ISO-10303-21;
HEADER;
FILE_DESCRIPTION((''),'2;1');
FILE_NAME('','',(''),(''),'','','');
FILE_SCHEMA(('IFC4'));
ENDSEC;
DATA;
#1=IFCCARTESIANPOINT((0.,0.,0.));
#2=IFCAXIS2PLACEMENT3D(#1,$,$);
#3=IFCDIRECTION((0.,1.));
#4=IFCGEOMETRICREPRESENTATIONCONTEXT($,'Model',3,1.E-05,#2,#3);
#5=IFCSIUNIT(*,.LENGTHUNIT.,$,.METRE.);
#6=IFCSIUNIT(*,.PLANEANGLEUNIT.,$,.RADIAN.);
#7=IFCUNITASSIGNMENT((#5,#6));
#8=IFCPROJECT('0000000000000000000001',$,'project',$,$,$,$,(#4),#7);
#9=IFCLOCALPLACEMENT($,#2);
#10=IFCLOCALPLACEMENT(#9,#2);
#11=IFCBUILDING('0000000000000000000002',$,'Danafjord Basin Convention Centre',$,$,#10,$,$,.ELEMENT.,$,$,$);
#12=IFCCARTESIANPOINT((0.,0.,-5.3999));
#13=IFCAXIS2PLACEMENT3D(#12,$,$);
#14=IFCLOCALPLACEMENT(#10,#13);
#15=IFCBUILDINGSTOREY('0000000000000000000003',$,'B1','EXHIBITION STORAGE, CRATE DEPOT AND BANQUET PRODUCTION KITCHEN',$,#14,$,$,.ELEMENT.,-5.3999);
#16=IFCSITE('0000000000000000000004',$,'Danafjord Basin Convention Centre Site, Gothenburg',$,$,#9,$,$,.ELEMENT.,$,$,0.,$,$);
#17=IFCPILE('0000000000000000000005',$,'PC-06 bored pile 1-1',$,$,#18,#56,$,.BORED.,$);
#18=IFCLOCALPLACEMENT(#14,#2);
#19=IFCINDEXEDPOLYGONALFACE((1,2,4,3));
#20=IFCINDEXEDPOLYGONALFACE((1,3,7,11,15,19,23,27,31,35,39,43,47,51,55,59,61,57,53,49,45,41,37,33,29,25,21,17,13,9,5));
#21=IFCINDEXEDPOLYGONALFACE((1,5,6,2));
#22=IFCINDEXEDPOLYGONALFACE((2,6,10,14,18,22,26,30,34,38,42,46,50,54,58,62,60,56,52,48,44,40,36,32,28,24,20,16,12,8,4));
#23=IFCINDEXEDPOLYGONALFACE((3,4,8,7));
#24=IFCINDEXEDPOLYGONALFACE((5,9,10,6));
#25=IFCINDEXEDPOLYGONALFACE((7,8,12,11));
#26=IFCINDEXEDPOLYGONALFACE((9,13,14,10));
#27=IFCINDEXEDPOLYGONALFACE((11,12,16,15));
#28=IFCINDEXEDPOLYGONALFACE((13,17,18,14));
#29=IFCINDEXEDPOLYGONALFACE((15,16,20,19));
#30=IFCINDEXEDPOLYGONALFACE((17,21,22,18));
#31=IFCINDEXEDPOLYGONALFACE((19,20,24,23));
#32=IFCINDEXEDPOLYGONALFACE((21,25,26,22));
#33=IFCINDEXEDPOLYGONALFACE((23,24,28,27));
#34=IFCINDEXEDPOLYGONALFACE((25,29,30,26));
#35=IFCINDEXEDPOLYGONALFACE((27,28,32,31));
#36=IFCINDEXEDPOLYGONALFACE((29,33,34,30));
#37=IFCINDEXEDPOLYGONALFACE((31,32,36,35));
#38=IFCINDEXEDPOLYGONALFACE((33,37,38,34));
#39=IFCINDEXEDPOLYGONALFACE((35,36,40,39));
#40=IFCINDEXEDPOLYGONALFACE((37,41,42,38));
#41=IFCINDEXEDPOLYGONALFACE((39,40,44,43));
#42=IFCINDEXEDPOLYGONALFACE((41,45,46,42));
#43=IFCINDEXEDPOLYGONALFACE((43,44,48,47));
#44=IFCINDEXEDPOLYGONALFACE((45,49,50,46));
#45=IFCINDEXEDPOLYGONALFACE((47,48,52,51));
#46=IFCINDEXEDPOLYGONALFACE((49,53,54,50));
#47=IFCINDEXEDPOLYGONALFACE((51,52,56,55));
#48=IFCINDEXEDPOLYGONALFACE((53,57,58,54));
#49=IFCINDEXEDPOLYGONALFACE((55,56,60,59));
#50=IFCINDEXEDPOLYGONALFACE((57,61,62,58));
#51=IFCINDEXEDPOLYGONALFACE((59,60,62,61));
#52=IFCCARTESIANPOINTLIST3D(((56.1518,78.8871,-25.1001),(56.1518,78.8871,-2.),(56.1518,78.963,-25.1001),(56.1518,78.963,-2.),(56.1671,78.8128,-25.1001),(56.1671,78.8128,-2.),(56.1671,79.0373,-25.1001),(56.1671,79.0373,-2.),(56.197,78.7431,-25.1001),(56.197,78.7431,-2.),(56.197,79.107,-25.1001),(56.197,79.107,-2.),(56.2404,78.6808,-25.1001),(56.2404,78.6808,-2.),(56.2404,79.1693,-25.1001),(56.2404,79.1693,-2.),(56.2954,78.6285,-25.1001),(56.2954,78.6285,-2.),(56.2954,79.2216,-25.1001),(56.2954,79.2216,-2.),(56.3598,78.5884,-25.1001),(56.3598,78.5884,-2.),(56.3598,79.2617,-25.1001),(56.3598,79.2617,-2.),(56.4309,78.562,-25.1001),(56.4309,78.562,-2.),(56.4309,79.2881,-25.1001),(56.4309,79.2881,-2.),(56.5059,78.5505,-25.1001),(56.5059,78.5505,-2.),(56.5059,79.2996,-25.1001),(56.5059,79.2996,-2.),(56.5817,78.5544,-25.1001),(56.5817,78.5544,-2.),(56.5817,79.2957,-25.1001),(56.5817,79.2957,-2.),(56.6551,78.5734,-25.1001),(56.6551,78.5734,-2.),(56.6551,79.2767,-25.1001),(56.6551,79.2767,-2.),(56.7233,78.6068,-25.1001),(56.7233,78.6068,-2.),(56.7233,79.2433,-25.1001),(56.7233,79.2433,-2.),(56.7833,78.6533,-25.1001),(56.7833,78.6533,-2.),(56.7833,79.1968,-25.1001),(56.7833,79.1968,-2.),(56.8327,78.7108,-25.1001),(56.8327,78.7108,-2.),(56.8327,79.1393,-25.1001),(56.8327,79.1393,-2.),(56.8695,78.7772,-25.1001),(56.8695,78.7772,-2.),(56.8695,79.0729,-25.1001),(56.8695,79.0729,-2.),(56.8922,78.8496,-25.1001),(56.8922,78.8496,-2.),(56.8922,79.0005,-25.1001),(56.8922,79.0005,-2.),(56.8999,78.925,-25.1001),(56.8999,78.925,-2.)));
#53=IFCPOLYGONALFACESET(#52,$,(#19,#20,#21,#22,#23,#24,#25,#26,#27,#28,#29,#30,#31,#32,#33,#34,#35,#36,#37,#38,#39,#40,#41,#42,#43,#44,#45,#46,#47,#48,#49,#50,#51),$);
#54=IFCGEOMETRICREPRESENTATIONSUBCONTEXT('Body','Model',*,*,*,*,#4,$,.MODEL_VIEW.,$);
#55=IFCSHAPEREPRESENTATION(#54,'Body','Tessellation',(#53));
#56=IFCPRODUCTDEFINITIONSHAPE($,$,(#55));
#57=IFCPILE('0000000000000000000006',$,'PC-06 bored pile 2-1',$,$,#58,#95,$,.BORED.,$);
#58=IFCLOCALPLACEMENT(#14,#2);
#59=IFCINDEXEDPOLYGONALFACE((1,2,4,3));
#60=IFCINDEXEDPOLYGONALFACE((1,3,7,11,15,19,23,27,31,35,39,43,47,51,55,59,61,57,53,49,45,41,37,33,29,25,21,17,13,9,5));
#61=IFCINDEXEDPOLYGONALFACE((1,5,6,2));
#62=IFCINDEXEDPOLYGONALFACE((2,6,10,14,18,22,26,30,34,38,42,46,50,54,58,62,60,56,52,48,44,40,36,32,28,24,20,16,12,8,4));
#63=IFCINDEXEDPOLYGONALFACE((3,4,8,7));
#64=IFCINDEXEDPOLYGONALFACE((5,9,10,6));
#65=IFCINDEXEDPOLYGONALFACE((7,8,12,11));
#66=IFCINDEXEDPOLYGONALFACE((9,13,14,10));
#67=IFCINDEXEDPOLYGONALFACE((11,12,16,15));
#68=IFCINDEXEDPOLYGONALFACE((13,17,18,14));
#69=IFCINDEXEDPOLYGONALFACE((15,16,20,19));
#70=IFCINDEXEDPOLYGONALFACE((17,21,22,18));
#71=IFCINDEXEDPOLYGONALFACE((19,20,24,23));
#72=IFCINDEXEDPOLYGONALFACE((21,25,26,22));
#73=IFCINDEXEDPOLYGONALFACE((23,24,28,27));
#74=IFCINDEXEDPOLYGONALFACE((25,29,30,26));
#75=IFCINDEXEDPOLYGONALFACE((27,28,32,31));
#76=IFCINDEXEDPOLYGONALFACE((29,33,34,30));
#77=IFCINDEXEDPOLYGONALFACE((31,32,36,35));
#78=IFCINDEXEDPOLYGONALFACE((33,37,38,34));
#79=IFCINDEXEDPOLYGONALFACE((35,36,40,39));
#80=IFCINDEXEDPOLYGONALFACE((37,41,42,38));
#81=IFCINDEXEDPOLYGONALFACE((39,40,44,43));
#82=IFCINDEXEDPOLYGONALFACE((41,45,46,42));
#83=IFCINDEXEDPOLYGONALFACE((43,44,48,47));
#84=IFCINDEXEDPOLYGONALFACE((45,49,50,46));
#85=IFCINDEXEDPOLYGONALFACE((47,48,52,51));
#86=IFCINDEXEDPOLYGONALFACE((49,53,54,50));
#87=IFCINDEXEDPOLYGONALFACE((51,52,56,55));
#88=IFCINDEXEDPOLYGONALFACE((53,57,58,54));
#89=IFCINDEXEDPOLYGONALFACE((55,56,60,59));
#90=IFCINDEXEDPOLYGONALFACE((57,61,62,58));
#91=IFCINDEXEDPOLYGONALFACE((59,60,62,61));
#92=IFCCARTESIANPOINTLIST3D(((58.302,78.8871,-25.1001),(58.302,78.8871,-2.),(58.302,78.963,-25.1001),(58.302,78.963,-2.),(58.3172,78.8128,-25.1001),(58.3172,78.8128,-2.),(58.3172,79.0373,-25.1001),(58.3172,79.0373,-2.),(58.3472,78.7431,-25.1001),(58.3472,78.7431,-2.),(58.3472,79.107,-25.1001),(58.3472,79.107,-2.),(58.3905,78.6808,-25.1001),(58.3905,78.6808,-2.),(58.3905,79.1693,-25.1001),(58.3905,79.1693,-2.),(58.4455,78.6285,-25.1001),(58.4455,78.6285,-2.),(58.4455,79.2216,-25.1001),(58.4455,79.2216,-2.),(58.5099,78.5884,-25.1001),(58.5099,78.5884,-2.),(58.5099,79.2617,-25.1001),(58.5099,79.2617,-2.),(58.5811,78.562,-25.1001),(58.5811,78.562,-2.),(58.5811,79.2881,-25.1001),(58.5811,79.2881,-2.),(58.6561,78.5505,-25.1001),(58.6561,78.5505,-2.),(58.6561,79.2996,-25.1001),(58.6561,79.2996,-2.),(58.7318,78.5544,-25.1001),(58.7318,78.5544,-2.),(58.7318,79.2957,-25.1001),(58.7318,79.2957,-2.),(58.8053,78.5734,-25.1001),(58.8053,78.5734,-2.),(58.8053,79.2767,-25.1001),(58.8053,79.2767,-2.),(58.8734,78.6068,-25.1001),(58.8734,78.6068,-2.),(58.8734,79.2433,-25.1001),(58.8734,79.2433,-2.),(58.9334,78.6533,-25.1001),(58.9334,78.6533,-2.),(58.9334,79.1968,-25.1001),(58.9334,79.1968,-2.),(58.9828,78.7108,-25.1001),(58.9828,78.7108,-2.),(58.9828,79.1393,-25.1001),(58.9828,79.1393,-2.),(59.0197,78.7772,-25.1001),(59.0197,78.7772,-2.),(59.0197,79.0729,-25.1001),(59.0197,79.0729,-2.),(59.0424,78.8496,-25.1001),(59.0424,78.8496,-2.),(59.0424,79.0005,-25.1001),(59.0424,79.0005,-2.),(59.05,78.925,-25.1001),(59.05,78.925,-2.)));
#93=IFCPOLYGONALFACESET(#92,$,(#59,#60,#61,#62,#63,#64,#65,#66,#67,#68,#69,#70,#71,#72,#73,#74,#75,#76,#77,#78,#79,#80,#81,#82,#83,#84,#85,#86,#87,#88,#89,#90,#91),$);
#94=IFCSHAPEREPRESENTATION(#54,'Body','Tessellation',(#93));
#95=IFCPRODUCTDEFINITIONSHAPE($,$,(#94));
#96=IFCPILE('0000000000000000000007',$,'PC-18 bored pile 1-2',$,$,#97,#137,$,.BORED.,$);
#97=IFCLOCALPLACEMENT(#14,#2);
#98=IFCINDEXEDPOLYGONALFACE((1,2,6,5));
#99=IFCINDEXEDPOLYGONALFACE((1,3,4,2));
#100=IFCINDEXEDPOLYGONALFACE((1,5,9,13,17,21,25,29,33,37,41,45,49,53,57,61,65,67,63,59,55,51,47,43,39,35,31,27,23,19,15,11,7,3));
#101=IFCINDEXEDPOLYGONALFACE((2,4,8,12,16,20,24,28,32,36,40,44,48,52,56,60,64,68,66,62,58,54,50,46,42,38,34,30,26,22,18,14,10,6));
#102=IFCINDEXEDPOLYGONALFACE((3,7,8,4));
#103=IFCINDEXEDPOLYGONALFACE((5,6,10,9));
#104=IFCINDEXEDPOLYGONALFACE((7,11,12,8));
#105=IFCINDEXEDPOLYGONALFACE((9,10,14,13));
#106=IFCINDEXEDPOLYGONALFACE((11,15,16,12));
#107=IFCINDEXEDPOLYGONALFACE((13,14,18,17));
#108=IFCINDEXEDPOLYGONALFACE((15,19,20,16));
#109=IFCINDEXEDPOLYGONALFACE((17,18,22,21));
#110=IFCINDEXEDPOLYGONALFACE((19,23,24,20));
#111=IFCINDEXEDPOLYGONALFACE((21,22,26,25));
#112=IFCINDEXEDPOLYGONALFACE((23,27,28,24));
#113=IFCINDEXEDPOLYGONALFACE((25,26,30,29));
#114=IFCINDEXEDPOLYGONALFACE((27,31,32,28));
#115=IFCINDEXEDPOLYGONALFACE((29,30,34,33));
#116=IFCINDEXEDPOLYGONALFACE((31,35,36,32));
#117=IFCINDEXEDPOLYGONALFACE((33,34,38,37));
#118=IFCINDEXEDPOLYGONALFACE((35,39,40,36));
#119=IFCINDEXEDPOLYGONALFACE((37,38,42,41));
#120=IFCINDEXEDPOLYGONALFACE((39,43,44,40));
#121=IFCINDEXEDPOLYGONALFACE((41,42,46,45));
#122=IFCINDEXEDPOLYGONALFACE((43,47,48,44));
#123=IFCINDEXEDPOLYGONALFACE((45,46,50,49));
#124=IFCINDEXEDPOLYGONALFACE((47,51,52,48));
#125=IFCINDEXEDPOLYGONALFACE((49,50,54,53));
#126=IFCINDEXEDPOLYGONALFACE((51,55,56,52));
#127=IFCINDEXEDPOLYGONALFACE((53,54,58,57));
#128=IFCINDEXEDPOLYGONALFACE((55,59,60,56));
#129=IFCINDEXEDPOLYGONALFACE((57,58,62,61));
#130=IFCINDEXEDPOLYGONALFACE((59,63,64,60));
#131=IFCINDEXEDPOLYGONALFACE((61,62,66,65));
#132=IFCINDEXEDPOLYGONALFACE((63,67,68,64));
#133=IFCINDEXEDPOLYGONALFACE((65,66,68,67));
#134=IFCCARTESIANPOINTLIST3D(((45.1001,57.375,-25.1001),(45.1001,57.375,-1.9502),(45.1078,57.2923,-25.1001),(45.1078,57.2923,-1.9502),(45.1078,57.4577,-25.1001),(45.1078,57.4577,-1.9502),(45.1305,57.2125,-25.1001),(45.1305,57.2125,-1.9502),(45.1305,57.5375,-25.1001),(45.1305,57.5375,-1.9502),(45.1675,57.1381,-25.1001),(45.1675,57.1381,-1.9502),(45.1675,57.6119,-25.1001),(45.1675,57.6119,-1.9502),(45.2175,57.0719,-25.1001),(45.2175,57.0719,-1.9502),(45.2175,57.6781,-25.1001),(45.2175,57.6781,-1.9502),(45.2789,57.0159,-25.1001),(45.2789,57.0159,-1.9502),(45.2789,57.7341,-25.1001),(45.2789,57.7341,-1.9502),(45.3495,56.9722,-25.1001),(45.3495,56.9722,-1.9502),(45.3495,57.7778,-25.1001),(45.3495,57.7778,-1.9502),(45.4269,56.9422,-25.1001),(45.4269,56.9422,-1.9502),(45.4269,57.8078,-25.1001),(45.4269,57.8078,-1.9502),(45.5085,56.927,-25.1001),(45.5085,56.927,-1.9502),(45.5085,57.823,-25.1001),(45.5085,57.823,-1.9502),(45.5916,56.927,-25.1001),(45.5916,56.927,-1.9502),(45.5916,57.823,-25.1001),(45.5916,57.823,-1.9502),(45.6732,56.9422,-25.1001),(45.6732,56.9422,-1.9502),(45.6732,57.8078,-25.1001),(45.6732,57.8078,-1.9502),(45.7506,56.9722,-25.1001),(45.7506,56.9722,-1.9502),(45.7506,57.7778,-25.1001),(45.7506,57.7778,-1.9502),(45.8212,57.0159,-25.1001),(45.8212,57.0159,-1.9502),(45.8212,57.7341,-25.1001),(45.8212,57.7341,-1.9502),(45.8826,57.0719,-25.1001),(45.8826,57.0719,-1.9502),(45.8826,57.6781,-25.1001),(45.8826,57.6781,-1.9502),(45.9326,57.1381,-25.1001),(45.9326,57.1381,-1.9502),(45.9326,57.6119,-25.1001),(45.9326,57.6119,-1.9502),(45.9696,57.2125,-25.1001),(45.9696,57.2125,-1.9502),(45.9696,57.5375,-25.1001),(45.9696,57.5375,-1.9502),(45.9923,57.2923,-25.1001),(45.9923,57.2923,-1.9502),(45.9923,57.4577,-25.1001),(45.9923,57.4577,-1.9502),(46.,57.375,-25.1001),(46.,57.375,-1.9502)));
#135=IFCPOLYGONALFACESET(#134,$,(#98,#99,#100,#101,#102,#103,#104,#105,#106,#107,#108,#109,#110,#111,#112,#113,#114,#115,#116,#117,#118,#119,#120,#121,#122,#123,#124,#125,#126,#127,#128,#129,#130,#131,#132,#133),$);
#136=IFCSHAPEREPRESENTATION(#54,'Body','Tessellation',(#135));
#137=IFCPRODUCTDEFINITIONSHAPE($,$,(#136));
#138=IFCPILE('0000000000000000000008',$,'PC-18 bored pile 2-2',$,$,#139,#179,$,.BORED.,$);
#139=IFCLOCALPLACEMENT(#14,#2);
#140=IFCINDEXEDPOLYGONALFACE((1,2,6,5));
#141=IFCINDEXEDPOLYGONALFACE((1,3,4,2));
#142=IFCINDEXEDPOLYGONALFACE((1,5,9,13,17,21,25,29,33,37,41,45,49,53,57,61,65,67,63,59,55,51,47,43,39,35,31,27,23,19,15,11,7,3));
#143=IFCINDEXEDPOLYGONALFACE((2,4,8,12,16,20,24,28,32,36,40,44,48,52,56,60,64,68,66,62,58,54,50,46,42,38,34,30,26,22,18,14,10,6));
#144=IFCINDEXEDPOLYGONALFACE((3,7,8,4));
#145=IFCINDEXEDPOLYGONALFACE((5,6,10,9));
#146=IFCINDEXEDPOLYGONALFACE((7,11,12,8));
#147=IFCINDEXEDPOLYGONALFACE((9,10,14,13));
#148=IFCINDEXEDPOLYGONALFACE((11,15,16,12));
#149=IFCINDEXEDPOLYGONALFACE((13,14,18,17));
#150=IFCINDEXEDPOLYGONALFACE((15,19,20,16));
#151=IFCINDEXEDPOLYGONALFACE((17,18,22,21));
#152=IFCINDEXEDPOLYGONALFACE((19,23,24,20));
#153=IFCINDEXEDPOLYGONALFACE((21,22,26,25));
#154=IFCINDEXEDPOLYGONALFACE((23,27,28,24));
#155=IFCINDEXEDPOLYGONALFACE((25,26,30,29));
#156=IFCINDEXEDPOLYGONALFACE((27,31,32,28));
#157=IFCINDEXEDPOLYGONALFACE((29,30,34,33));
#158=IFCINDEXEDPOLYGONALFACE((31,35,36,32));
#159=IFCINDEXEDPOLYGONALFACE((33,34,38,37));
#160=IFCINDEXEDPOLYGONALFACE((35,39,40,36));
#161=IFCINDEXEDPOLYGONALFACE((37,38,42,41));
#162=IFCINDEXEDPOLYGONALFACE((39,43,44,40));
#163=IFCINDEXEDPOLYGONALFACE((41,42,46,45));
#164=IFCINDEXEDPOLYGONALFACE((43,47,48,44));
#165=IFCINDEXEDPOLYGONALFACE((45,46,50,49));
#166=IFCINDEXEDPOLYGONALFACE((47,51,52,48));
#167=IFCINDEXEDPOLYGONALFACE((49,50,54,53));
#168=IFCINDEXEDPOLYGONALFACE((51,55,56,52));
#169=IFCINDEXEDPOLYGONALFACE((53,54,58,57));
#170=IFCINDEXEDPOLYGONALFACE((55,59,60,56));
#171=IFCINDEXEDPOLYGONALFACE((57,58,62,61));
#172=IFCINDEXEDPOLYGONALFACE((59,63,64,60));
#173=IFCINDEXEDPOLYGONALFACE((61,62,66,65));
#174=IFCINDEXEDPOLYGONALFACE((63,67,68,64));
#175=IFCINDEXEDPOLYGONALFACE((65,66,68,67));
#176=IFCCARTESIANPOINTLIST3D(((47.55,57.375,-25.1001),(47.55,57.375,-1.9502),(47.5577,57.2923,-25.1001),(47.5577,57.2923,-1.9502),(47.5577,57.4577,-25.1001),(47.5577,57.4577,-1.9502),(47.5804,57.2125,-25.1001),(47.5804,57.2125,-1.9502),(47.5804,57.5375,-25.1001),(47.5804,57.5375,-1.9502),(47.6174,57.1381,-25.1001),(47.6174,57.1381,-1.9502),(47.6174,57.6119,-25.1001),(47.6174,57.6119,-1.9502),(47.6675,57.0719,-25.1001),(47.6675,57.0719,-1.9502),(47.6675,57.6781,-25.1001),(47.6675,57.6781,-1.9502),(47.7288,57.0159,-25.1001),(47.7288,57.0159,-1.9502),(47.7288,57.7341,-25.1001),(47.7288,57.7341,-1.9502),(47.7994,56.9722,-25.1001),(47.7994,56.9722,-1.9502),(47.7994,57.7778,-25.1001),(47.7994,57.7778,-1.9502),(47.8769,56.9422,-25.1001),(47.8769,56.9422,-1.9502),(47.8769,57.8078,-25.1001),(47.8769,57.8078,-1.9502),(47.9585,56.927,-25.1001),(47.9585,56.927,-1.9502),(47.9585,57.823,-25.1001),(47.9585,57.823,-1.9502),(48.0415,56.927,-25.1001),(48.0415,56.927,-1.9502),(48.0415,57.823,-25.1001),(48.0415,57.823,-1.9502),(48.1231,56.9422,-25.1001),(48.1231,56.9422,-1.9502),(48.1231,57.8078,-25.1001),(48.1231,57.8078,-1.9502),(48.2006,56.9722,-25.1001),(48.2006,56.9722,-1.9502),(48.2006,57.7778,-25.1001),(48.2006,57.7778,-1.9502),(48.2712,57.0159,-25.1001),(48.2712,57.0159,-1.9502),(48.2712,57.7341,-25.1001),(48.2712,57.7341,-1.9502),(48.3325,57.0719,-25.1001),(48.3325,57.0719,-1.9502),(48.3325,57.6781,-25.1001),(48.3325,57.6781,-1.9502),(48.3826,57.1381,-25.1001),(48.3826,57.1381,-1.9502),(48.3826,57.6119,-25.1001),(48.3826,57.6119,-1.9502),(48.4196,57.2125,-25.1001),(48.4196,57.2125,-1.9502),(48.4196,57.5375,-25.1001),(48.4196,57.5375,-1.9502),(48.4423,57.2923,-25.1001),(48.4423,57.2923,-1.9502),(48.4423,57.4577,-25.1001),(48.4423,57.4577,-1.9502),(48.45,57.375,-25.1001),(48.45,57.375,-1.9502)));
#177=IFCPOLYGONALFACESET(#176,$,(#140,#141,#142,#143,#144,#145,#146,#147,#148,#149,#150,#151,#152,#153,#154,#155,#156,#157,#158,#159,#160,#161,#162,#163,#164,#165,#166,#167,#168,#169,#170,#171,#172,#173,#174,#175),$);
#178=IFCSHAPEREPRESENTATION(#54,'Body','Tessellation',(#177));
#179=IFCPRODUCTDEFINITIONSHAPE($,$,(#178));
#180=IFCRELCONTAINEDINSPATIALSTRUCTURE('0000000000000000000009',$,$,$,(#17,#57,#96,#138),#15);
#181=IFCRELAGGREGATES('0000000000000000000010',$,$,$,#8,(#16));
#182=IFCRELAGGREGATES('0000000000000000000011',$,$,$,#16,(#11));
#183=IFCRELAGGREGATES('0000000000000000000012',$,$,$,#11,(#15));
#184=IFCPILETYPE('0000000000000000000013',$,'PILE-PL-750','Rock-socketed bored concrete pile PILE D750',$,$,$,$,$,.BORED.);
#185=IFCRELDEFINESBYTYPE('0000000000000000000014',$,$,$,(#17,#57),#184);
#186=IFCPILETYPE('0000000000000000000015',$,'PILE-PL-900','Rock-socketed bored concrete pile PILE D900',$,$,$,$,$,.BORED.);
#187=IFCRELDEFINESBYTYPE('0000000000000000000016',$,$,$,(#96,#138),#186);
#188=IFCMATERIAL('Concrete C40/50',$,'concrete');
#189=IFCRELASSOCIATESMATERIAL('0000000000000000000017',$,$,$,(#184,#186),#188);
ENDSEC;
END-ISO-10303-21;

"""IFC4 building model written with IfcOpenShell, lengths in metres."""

from ifc_helpers import new_model, si_unit, direction, frame, origin, origin_2d, place, context, subcontext, project, spatial, circle, extrude, material, material_profile, profile_set, type_object, element, save


model = new_model("IFC4")

# Units and contexts
model_context = context("Model", 3, precision=1e-05, world=origin(), true_north=direction((0.0, 1.0)))
body_context = subcontext(model_context, "Body", "Model", "MODEL_VIEW")
ifc_project = project(units=[si_unit("LENGTHUNIT", "METRE"), si_unit("PLANEANGLEUNIT", "RADIAN")], contexts=[model_context])

# Site, building, storey
site_placement = place(None, origin())
site = spatial("IfcSite", under=ifc_project, at=site_placement, Name="Danafjord Basin Convention Centre Site, Gothenburg", CompositionType="ELEMENT", RefElevation=0.0)
building_placement = place(site_placement, origin())
building = spatial("IfcBuilding", under=site, at=building_placement, Name="Danafjord Basin Convention Centre", CompositionType="ELEMENT")
storey_placement = place(building_placement, frame((0.0, 0.0, -5.3999)))
storey = spatial("IfcBuildingStorey", under=building, at=storey_placement, Name="B1", Description="EXHIBITION STORAGE, CRATE DEPOT AND BANQUET PRODUCTION KITCHEN", CompositionType="ELEMENT", Elevation=-5.3999)

# Shared definitions
ifc_material_1 = material(Name="Concrete C40/50", Category="concrete")

# Piles
ifc_material_profile_1 = material_profile(ifc_material_1, circle(Radius=0.375, at=origin_2d()), Name="PILE D750")
ifc_profile_set_1 = profile_set([ifc_material_profile_1], Name="Concrete C40/50")
pile_type_1 = type_object("IfcPileType", Name="PILE-PL-750", Description="Rock-socketed bored concrete pile PILE D750", PredefinedType="BORED", material=ifc_profile_set_1)
for number, where, z_axis, x_axis, name in (
    (1, (56.5249, 78.925, -2.0), (0.0, 0.0, -1.0), (1.0, 0.0, 0.0), "PC-06 bored pile 1-1"),
    (2, (58.675, 78.925, -2.0), (0.0, 0.0, -1.0), (1.0, 0.0, 0.0), "PC-06 bored pile 2-1"),
):
    element("IfcPile", number, at=place(storey_placement, frame(where, z_axis=z_axis, x_axis=x_axis)), inside=storey, type_object=pile_type_1, Name=name, PredefinedType="BORED", context=body_context, shape_type="SweptSolid", body=[
        extrude(circle(Radius=0.375, at=origin_2d()), origin(), (0.0, 0.0, 1.0), 23.1001),
    ])
ifc_material_profile_2 = material_profile(ifc_material_1, circle(Radius=0.45, at=origin_2d()), Name="PILE D900")
ifc_profile_set_2 = profile_set([ifc_material_profile_2], Name="Concrete C40/50")
pile_type_2 = type_object("IfcPileType", Name="PILE-PL-900", Description="Rock-socketed bored concrete pile PILE D900", PredefinedType="BORED", material=ifc_profile_set_2)
for number, where, z_axis, x_axis, name in (
    (3, (45.55, 57.375, -1.9502), (0.0, 0.0, -1.0), (1.0, 0.0, 0.0), "PC-18 bored pile 1-2"),
    (4, (48.0, 57.375, -1.9502), (0.0, 0.0, -1.0), (1.0, 0.0, 0.0), "PC-18 bored pile 2-2"),
):
    element("IfcPile", number, at=place(storey_placement, frame(where, z_axis=z_axis, x_axis=x_axis)), inside=storey, type_object=pile_type_2, Name=name, PredefinedType="BORED", context=body_context, shape_type="SweptSolid", body=[
        extrude(circle(Radius=0.45, at=origin_2d()), origin(), (0.0, 0.0, 1.0), 23.1499),
    ])

save(model, "model.ifc")
